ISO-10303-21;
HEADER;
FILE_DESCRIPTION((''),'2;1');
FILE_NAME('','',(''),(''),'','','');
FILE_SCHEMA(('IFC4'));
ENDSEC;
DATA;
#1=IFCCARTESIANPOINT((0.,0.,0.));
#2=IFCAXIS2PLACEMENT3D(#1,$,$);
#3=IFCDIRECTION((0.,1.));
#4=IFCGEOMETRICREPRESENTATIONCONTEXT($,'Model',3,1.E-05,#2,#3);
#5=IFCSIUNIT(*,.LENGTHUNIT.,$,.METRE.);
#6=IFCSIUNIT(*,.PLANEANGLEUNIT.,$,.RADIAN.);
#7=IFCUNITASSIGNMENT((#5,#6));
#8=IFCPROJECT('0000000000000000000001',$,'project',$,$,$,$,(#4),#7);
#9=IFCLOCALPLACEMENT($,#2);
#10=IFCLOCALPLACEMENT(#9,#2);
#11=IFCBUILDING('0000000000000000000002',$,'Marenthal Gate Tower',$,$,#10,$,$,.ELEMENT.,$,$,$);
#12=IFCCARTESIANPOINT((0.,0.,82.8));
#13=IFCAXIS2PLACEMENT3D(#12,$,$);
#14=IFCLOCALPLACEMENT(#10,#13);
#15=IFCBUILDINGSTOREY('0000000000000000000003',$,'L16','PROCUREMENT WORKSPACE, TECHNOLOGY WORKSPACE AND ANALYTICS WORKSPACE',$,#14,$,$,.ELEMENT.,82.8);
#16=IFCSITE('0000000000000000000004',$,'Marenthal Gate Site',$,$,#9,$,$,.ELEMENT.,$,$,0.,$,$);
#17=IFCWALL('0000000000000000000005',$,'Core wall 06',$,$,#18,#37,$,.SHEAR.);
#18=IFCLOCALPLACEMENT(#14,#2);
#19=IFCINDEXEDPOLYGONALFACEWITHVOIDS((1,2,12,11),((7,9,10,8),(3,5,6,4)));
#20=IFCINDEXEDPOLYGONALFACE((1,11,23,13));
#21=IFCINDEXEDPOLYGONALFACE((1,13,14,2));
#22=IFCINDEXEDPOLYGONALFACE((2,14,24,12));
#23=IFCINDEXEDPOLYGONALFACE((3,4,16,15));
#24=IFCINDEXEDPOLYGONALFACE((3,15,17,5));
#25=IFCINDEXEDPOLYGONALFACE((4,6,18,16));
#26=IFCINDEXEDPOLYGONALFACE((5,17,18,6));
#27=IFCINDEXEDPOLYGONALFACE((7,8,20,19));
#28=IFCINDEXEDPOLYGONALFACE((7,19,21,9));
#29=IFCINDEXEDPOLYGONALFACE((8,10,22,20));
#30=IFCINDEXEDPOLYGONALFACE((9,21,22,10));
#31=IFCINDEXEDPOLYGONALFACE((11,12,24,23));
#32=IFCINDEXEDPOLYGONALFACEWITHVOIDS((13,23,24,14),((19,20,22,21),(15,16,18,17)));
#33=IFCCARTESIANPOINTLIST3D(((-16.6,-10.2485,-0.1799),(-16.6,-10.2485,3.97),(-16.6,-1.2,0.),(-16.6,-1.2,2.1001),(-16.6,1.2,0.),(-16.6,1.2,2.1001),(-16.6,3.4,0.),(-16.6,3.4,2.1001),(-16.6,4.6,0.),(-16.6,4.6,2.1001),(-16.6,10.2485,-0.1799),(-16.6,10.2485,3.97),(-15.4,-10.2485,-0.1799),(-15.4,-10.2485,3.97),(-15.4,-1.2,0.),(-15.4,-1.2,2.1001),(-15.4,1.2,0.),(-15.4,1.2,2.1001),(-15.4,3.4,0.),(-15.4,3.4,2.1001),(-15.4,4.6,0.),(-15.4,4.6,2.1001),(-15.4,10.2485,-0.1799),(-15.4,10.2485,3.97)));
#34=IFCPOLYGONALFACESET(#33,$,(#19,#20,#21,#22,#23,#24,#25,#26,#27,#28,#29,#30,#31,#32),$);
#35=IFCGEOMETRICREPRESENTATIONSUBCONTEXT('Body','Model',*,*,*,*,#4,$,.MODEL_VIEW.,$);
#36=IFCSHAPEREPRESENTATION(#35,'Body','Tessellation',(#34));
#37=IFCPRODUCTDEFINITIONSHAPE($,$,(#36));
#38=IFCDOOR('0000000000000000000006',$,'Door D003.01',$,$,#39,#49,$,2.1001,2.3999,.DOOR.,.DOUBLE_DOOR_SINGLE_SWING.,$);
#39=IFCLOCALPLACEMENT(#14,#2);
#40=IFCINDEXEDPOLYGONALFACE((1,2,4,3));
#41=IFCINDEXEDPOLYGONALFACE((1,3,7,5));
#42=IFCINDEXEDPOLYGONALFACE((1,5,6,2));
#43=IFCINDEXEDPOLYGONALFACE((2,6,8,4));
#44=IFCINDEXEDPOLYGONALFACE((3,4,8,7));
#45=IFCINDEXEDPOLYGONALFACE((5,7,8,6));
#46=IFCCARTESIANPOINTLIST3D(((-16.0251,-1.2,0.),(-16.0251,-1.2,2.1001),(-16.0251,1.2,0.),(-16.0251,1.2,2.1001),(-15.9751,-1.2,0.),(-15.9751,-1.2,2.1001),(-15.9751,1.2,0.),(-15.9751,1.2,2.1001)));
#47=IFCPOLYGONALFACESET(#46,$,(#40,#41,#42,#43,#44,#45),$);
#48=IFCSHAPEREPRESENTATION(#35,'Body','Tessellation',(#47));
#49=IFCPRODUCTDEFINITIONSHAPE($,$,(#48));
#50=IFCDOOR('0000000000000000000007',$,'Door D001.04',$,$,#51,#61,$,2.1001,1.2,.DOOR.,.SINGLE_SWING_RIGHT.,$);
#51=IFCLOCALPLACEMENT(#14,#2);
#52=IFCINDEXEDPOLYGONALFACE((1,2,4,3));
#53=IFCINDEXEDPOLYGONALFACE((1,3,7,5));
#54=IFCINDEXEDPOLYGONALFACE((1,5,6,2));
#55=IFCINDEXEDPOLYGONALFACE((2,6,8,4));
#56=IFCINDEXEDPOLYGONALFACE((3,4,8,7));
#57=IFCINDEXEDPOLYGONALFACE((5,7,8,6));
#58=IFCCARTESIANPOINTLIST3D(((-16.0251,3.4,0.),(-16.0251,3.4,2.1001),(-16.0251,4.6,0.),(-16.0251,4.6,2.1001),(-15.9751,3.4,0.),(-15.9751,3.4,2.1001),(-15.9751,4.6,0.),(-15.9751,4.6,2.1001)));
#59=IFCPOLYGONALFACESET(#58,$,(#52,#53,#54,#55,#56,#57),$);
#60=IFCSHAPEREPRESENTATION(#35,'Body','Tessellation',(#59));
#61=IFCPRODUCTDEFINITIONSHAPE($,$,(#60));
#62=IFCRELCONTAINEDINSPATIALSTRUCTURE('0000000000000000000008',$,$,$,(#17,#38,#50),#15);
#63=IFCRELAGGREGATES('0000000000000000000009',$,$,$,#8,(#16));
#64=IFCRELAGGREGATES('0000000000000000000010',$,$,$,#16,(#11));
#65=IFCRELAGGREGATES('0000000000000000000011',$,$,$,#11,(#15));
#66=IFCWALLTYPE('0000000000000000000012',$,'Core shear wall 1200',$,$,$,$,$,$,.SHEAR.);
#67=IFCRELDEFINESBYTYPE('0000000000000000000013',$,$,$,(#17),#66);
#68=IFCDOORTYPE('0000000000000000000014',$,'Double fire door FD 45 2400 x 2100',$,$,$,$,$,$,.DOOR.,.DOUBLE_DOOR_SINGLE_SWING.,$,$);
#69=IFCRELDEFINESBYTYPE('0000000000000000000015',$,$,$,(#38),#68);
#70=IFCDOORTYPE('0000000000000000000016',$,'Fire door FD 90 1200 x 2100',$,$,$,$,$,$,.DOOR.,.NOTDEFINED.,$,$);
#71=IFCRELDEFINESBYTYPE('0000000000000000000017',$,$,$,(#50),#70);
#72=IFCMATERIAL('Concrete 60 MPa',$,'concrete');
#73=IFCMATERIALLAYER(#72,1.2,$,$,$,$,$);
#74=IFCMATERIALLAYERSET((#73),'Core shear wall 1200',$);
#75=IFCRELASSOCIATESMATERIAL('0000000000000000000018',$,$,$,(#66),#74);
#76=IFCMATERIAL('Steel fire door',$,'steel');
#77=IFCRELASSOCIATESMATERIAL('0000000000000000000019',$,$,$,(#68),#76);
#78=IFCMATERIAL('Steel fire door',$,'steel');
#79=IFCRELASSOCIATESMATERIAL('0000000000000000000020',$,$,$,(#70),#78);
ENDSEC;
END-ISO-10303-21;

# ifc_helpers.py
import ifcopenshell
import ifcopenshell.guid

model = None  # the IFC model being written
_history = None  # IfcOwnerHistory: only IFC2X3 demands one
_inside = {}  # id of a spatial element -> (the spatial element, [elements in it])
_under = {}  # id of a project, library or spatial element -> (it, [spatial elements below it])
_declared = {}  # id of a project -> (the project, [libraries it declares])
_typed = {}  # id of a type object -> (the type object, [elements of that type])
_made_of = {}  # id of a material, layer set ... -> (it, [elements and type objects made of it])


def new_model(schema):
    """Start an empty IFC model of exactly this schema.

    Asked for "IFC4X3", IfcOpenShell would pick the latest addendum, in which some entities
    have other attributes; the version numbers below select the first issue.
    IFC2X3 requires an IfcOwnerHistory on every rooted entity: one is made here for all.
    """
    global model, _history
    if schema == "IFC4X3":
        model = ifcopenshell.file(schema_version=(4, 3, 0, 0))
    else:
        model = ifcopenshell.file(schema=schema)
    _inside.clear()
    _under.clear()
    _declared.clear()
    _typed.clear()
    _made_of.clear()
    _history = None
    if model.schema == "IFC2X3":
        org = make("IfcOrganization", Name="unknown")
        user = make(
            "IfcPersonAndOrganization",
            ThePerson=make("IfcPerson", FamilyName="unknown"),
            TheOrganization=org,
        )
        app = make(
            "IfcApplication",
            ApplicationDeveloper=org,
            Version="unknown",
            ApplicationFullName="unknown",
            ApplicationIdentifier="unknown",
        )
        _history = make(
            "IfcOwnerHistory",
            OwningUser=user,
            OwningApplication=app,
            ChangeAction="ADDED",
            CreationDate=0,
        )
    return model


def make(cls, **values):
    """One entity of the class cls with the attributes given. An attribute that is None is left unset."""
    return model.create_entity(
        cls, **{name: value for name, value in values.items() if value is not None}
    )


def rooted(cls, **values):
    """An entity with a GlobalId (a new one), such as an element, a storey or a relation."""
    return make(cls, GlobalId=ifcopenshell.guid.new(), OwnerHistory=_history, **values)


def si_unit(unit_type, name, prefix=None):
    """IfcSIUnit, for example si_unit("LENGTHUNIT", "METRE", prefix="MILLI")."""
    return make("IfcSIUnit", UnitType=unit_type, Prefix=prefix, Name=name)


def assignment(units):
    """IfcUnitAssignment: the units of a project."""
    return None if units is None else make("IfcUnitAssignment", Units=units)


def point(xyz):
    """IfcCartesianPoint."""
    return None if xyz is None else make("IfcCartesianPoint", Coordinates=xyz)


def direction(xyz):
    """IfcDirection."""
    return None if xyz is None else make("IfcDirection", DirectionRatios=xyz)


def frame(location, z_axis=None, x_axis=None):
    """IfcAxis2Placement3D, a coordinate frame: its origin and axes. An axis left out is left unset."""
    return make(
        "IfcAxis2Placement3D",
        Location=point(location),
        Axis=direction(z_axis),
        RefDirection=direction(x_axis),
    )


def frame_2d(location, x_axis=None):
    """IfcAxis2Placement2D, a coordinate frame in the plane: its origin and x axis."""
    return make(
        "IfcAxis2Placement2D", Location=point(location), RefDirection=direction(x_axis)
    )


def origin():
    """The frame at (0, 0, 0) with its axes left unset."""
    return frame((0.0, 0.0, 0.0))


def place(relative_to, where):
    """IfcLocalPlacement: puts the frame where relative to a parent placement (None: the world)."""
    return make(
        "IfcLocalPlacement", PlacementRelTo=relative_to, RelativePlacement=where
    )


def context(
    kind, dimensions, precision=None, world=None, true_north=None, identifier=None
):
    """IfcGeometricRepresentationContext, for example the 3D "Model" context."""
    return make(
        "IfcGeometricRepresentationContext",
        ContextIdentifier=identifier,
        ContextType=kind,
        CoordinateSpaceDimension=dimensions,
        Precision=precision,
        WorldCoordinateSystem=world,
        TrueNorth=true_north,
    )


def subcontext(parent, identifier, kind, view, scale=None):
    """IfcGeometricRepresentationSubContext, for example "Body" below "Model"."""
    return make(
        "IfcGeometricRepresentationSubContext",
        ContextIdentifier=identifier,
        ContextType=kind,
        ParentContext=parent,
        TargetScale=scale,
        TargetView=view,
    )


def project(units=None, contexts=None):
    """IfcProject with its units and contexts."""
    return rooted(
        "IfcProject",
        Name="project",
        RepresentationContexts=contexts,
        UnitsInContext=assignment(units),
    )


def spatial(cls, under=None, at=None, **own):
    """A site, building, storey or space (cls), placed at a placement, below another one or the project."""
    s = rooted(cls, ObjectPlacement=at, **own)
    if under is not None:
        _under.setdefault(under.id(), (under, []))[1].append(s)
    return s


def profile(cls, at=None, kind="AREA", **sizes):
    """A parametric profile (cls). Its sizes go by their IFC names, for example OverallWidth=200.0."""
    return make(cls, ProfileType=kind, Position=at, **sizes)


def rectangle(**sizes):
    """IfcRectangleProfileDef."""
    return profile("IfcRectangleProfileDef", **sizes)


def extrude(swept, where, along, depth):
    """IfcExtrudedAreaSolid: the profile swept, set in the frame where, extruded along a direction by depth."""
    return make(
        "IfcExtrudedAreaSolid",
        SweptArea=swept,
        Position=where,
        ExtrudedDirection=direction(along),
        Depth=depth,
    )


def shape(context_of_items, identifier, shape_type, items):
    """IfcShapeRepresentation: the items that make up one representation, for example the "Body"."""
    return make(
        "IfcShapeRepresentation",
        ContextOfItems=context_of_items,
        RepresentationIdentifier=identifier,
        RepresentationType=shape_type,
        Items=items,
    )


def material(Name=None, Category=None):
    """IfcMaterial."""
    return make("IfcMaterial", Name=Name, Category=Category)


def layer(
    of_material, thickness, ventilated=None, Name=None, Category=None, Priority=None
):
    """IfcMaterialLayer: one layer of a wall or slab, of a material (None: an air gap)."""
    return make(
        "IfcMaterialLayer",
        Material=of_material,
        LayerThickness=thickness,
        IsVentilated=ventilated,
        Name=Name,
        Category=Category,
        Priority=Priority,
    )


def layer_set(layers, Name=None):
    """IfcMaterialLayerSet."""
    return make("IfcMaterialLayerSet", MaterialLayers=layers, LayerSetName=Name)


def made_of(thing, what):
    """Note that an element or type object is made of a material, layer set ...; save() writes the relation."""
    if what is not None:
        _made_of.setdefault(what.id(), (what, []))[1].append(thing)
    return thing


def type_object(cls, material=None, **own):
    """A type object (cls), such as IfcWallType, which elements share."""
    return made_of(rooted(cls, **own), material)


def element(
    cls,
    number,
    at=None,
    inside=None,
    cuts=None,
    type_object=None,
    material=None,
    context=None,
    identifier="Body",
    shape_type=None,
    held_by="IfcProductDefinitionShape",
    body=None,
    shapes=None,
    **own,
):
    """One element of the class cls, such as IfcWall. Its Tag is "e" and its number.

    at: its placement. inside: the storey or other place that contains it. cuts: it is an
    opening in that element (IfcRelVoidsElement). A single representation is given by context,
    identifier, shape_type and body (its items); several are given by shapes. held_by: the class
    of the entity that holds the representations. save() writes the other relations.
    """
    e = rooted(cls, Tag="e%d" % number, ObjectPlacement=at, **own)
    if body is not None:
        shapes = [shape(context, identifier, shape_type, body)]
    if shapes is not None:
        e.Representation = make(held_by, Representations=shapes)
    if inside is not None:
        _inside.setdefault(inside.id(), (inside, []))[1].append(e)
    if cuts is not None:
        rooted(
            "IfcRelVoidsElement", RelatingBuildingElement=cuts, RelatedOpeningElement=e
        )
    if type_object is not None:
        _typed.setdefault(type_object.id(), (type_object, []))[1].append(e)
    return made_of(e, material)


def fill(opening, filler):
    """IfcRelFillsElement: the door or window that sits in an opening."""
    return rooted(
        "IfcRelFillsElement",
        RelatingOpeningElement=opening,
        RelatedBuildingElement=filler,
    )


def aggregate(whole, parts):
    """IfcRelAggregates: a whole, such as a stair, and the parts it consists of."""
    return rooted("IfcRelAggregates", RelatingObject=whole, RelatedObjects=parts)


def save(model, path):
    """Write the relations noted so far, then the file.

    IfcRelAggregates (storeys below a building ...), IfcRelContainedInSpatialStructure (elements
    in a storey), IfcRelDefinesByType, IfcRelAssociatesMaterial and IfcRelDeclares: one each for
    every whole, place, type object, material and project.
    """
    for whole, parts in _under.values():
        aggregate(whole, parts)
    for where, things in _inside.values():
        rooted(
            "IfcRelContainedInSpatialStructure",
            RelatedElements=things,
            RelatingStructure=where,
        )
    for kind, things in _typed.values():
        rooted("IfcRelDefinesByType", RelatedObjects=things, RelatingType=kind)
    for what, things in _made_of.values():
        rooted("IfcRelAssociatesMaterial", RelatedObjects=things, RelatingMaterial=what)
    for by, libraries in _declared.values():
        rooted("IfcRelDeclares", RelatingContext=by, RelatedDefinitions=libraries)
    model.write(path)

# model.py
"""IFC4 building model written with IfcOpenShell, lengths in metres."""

from ifc_helpers import new_model, si_unit, direction, frame, frame_2d, origin, place, context, subcontext, project, spatial, rectangle, extrude, material, layer, layer_set, type_object, element, fill, save


model = new_model("IFC4")

# Units and contexts
model_context = context("Model", 3, precision=1e-05, world=origin(), true_north=direction((0.0, 1.0)))
body_context = subcontext(model_context, "Body", "Model", "MODEL_VIEW")
ifc_project = project(units=[si_unit("LENGTHUNIT", "METRE"), si_unit("PLANEANGLEUNIT", "RADIAN")], contexts=[model_context])

# Site, building, storey
site_placement = place(None, origin())
site = spatial("IfcSite", under=ifc_project, at=site_placement, Name="Marenthal Gate Site", CompositionType="ELEMENT", RefElevation=0.0)
building_placement = place(site_placement, origin())
building = spatial("IfcBuilding", under=site, at=building_placement, Name="Marenthal Gate Tower", CompositionType="ELEMENT")
storey_placement = place(building_placement, frame((0.0, 0.0, 82.8)))
storey = spatial("IfcBuildingStorey", under=building, at=storey_placement, Name="L16", Description="PROCUREMENT WORKSPACE, TECHNOLOGY WORKSPACE AND ANALYTICS WORKSPACE", CompositionType="ELEMENT", Elevation=82.8)

# Wall, openings, doors
ifc_material_1 = material(Name="Concrete 60 MPa", Category="concrete")
ifc_layer_1 = layer(ifc_material_1, 1.2)
ifc_layer_set_1 = layer_set([ifc_layer_1], Name="Core shear wall 1200")
wall_type_1 = type_object("IfcWallType", Name="Core shear wall 1200", PredefinedType="SHEAR", material=ifc_layer_set_1)
wall_1_placement = place(storey_placement, frame((-16.0, 10.2485, -0.1799), z_axis=(0.0, 0.0, 1.0), x_axis=(0.0, -1.0, 0.0)))
wall_1 = element("IfcWall", 1, at=wall_1_placement, inside=storey, type_object=wall_type_1, Name="Core wall 06", PredefinedType="SHEAR", context=body_context, shape_type="SweptSolid", body=[
    extrude(rectangle(XDim=20.4971, YDim=1.2, at=frame_2d((10.2485, 0.0))), origin(), (0.0, 0.0, 1.0), 4.1499),
])
opening_1_placement = place(wall_1_placement, frame((9.0486, 0.0, 0.1799)))
opening_1 = element("IfcOpeningElement", 2, at=opening_1_placement, cuts=wall_1, PredefinedType="OPENING", context=body_context, shape_type="SweptSolid", body=[
    extrude(rectangle(XDim=2.3999, YDim=2.1001, at=frame_2d((1.2, 1.05))), frame((0.0, 0.6099, 0.0), z_axis=(0.0, -1.0, 0.0), x_axis=(1.0, 0.0, 0.0)), (0.0, 0.0, 1.0), 1.22),
])
opening_2_placement = place(wall_1_placement, frame((5.6484, 0.0, 0.1799)))
opening_2 = element("IfcOpeningElement", 3, at=opening_2_placement, cuts=wall_1, PredefinedType="OPENING", context=body_context, shape_type="SweptSolid", body=[
    extrude(rectangle(XDim=1.2, YDim=2.1001, at=frame_2d((0.6001, 1.05))), frame((0.0, 0.6099, 0.0), z_axis=(0.0, -1.0, 0.0), x_axis=(1.0, 0.0, 0.0)), (0.0, 0.0, 1.0), 1.22),
])
ifc_material_2 = material(Name="Steel fire door", Category="steel")
door_type_1 = type_object("IfcDoorType", Name="Double fire door FD 45 2400 x 2100", OperationType="DOUBLE_DOOR_SINGLE_SWING", PredefinedType="DOOR", material=ifc_material_2)
door_1_placement = place(opening_1_placement, origin())
door_1 = element("IfcDoor", 4, at=door_1_placement, inside=storey, type_object=door_type_1, Name="Door D003.01", OperationType="DOUBLE_DOOR_SINGLE_SWING", OverallHeight=2.1001, OverallWidth=2.3999, PredefinedType="DOOR", context=body_context, shape_type="SweptSolid", body=[
    extrude(rectangle(XDim=2.3999, YDim=2.1001, at=frame_2d((1.2, 1.05))), frame((0.0, 0.0249, 0.0), z_axis=(0.0, -1.0, 0.0), x_axis=(1.0, 0.0, 0.0)), (0.0, 0.0, 1.0), 0.05),
])
fill(opening_1, door_1)
ifc_material_3 = material(Name="Steel fire door", Category="steel")
door_type_2 = type_object("IfcDoorType", Name="Fire door FD 90 1200 x 2100", OperationType="NOTDEFINED", PredefinedType="DOOR", material=ifc_material_3)
door_2_placement = place(opening_2_placement, origin())
door_2 = element("IfcDoor", 5, at=door_2_placement, inside=storey, type_object=door_type_2, Name="Door D001.04", OperationType="SINGLE_SWING_RIGHT", OverallHeight=2.1001, OverallWidth=1.2, PredefinedType="DOOR", context=body_context, shape_type="SweptSolid", body=[
    extrude(rectangle(XDim=1.2, YDim=2.1001, at=frame_2d((0.6001, 1.05))), frame((0.0, 0.0249, 0.0), z_axis=(0.0, -1.0, 0.0), x_axis=(1.0, 0.0, 0.0)), (0.0, 0.0, 1.0), 0.05),
])
fill(opening_2, door_2)

save(model, "model.ifc")
